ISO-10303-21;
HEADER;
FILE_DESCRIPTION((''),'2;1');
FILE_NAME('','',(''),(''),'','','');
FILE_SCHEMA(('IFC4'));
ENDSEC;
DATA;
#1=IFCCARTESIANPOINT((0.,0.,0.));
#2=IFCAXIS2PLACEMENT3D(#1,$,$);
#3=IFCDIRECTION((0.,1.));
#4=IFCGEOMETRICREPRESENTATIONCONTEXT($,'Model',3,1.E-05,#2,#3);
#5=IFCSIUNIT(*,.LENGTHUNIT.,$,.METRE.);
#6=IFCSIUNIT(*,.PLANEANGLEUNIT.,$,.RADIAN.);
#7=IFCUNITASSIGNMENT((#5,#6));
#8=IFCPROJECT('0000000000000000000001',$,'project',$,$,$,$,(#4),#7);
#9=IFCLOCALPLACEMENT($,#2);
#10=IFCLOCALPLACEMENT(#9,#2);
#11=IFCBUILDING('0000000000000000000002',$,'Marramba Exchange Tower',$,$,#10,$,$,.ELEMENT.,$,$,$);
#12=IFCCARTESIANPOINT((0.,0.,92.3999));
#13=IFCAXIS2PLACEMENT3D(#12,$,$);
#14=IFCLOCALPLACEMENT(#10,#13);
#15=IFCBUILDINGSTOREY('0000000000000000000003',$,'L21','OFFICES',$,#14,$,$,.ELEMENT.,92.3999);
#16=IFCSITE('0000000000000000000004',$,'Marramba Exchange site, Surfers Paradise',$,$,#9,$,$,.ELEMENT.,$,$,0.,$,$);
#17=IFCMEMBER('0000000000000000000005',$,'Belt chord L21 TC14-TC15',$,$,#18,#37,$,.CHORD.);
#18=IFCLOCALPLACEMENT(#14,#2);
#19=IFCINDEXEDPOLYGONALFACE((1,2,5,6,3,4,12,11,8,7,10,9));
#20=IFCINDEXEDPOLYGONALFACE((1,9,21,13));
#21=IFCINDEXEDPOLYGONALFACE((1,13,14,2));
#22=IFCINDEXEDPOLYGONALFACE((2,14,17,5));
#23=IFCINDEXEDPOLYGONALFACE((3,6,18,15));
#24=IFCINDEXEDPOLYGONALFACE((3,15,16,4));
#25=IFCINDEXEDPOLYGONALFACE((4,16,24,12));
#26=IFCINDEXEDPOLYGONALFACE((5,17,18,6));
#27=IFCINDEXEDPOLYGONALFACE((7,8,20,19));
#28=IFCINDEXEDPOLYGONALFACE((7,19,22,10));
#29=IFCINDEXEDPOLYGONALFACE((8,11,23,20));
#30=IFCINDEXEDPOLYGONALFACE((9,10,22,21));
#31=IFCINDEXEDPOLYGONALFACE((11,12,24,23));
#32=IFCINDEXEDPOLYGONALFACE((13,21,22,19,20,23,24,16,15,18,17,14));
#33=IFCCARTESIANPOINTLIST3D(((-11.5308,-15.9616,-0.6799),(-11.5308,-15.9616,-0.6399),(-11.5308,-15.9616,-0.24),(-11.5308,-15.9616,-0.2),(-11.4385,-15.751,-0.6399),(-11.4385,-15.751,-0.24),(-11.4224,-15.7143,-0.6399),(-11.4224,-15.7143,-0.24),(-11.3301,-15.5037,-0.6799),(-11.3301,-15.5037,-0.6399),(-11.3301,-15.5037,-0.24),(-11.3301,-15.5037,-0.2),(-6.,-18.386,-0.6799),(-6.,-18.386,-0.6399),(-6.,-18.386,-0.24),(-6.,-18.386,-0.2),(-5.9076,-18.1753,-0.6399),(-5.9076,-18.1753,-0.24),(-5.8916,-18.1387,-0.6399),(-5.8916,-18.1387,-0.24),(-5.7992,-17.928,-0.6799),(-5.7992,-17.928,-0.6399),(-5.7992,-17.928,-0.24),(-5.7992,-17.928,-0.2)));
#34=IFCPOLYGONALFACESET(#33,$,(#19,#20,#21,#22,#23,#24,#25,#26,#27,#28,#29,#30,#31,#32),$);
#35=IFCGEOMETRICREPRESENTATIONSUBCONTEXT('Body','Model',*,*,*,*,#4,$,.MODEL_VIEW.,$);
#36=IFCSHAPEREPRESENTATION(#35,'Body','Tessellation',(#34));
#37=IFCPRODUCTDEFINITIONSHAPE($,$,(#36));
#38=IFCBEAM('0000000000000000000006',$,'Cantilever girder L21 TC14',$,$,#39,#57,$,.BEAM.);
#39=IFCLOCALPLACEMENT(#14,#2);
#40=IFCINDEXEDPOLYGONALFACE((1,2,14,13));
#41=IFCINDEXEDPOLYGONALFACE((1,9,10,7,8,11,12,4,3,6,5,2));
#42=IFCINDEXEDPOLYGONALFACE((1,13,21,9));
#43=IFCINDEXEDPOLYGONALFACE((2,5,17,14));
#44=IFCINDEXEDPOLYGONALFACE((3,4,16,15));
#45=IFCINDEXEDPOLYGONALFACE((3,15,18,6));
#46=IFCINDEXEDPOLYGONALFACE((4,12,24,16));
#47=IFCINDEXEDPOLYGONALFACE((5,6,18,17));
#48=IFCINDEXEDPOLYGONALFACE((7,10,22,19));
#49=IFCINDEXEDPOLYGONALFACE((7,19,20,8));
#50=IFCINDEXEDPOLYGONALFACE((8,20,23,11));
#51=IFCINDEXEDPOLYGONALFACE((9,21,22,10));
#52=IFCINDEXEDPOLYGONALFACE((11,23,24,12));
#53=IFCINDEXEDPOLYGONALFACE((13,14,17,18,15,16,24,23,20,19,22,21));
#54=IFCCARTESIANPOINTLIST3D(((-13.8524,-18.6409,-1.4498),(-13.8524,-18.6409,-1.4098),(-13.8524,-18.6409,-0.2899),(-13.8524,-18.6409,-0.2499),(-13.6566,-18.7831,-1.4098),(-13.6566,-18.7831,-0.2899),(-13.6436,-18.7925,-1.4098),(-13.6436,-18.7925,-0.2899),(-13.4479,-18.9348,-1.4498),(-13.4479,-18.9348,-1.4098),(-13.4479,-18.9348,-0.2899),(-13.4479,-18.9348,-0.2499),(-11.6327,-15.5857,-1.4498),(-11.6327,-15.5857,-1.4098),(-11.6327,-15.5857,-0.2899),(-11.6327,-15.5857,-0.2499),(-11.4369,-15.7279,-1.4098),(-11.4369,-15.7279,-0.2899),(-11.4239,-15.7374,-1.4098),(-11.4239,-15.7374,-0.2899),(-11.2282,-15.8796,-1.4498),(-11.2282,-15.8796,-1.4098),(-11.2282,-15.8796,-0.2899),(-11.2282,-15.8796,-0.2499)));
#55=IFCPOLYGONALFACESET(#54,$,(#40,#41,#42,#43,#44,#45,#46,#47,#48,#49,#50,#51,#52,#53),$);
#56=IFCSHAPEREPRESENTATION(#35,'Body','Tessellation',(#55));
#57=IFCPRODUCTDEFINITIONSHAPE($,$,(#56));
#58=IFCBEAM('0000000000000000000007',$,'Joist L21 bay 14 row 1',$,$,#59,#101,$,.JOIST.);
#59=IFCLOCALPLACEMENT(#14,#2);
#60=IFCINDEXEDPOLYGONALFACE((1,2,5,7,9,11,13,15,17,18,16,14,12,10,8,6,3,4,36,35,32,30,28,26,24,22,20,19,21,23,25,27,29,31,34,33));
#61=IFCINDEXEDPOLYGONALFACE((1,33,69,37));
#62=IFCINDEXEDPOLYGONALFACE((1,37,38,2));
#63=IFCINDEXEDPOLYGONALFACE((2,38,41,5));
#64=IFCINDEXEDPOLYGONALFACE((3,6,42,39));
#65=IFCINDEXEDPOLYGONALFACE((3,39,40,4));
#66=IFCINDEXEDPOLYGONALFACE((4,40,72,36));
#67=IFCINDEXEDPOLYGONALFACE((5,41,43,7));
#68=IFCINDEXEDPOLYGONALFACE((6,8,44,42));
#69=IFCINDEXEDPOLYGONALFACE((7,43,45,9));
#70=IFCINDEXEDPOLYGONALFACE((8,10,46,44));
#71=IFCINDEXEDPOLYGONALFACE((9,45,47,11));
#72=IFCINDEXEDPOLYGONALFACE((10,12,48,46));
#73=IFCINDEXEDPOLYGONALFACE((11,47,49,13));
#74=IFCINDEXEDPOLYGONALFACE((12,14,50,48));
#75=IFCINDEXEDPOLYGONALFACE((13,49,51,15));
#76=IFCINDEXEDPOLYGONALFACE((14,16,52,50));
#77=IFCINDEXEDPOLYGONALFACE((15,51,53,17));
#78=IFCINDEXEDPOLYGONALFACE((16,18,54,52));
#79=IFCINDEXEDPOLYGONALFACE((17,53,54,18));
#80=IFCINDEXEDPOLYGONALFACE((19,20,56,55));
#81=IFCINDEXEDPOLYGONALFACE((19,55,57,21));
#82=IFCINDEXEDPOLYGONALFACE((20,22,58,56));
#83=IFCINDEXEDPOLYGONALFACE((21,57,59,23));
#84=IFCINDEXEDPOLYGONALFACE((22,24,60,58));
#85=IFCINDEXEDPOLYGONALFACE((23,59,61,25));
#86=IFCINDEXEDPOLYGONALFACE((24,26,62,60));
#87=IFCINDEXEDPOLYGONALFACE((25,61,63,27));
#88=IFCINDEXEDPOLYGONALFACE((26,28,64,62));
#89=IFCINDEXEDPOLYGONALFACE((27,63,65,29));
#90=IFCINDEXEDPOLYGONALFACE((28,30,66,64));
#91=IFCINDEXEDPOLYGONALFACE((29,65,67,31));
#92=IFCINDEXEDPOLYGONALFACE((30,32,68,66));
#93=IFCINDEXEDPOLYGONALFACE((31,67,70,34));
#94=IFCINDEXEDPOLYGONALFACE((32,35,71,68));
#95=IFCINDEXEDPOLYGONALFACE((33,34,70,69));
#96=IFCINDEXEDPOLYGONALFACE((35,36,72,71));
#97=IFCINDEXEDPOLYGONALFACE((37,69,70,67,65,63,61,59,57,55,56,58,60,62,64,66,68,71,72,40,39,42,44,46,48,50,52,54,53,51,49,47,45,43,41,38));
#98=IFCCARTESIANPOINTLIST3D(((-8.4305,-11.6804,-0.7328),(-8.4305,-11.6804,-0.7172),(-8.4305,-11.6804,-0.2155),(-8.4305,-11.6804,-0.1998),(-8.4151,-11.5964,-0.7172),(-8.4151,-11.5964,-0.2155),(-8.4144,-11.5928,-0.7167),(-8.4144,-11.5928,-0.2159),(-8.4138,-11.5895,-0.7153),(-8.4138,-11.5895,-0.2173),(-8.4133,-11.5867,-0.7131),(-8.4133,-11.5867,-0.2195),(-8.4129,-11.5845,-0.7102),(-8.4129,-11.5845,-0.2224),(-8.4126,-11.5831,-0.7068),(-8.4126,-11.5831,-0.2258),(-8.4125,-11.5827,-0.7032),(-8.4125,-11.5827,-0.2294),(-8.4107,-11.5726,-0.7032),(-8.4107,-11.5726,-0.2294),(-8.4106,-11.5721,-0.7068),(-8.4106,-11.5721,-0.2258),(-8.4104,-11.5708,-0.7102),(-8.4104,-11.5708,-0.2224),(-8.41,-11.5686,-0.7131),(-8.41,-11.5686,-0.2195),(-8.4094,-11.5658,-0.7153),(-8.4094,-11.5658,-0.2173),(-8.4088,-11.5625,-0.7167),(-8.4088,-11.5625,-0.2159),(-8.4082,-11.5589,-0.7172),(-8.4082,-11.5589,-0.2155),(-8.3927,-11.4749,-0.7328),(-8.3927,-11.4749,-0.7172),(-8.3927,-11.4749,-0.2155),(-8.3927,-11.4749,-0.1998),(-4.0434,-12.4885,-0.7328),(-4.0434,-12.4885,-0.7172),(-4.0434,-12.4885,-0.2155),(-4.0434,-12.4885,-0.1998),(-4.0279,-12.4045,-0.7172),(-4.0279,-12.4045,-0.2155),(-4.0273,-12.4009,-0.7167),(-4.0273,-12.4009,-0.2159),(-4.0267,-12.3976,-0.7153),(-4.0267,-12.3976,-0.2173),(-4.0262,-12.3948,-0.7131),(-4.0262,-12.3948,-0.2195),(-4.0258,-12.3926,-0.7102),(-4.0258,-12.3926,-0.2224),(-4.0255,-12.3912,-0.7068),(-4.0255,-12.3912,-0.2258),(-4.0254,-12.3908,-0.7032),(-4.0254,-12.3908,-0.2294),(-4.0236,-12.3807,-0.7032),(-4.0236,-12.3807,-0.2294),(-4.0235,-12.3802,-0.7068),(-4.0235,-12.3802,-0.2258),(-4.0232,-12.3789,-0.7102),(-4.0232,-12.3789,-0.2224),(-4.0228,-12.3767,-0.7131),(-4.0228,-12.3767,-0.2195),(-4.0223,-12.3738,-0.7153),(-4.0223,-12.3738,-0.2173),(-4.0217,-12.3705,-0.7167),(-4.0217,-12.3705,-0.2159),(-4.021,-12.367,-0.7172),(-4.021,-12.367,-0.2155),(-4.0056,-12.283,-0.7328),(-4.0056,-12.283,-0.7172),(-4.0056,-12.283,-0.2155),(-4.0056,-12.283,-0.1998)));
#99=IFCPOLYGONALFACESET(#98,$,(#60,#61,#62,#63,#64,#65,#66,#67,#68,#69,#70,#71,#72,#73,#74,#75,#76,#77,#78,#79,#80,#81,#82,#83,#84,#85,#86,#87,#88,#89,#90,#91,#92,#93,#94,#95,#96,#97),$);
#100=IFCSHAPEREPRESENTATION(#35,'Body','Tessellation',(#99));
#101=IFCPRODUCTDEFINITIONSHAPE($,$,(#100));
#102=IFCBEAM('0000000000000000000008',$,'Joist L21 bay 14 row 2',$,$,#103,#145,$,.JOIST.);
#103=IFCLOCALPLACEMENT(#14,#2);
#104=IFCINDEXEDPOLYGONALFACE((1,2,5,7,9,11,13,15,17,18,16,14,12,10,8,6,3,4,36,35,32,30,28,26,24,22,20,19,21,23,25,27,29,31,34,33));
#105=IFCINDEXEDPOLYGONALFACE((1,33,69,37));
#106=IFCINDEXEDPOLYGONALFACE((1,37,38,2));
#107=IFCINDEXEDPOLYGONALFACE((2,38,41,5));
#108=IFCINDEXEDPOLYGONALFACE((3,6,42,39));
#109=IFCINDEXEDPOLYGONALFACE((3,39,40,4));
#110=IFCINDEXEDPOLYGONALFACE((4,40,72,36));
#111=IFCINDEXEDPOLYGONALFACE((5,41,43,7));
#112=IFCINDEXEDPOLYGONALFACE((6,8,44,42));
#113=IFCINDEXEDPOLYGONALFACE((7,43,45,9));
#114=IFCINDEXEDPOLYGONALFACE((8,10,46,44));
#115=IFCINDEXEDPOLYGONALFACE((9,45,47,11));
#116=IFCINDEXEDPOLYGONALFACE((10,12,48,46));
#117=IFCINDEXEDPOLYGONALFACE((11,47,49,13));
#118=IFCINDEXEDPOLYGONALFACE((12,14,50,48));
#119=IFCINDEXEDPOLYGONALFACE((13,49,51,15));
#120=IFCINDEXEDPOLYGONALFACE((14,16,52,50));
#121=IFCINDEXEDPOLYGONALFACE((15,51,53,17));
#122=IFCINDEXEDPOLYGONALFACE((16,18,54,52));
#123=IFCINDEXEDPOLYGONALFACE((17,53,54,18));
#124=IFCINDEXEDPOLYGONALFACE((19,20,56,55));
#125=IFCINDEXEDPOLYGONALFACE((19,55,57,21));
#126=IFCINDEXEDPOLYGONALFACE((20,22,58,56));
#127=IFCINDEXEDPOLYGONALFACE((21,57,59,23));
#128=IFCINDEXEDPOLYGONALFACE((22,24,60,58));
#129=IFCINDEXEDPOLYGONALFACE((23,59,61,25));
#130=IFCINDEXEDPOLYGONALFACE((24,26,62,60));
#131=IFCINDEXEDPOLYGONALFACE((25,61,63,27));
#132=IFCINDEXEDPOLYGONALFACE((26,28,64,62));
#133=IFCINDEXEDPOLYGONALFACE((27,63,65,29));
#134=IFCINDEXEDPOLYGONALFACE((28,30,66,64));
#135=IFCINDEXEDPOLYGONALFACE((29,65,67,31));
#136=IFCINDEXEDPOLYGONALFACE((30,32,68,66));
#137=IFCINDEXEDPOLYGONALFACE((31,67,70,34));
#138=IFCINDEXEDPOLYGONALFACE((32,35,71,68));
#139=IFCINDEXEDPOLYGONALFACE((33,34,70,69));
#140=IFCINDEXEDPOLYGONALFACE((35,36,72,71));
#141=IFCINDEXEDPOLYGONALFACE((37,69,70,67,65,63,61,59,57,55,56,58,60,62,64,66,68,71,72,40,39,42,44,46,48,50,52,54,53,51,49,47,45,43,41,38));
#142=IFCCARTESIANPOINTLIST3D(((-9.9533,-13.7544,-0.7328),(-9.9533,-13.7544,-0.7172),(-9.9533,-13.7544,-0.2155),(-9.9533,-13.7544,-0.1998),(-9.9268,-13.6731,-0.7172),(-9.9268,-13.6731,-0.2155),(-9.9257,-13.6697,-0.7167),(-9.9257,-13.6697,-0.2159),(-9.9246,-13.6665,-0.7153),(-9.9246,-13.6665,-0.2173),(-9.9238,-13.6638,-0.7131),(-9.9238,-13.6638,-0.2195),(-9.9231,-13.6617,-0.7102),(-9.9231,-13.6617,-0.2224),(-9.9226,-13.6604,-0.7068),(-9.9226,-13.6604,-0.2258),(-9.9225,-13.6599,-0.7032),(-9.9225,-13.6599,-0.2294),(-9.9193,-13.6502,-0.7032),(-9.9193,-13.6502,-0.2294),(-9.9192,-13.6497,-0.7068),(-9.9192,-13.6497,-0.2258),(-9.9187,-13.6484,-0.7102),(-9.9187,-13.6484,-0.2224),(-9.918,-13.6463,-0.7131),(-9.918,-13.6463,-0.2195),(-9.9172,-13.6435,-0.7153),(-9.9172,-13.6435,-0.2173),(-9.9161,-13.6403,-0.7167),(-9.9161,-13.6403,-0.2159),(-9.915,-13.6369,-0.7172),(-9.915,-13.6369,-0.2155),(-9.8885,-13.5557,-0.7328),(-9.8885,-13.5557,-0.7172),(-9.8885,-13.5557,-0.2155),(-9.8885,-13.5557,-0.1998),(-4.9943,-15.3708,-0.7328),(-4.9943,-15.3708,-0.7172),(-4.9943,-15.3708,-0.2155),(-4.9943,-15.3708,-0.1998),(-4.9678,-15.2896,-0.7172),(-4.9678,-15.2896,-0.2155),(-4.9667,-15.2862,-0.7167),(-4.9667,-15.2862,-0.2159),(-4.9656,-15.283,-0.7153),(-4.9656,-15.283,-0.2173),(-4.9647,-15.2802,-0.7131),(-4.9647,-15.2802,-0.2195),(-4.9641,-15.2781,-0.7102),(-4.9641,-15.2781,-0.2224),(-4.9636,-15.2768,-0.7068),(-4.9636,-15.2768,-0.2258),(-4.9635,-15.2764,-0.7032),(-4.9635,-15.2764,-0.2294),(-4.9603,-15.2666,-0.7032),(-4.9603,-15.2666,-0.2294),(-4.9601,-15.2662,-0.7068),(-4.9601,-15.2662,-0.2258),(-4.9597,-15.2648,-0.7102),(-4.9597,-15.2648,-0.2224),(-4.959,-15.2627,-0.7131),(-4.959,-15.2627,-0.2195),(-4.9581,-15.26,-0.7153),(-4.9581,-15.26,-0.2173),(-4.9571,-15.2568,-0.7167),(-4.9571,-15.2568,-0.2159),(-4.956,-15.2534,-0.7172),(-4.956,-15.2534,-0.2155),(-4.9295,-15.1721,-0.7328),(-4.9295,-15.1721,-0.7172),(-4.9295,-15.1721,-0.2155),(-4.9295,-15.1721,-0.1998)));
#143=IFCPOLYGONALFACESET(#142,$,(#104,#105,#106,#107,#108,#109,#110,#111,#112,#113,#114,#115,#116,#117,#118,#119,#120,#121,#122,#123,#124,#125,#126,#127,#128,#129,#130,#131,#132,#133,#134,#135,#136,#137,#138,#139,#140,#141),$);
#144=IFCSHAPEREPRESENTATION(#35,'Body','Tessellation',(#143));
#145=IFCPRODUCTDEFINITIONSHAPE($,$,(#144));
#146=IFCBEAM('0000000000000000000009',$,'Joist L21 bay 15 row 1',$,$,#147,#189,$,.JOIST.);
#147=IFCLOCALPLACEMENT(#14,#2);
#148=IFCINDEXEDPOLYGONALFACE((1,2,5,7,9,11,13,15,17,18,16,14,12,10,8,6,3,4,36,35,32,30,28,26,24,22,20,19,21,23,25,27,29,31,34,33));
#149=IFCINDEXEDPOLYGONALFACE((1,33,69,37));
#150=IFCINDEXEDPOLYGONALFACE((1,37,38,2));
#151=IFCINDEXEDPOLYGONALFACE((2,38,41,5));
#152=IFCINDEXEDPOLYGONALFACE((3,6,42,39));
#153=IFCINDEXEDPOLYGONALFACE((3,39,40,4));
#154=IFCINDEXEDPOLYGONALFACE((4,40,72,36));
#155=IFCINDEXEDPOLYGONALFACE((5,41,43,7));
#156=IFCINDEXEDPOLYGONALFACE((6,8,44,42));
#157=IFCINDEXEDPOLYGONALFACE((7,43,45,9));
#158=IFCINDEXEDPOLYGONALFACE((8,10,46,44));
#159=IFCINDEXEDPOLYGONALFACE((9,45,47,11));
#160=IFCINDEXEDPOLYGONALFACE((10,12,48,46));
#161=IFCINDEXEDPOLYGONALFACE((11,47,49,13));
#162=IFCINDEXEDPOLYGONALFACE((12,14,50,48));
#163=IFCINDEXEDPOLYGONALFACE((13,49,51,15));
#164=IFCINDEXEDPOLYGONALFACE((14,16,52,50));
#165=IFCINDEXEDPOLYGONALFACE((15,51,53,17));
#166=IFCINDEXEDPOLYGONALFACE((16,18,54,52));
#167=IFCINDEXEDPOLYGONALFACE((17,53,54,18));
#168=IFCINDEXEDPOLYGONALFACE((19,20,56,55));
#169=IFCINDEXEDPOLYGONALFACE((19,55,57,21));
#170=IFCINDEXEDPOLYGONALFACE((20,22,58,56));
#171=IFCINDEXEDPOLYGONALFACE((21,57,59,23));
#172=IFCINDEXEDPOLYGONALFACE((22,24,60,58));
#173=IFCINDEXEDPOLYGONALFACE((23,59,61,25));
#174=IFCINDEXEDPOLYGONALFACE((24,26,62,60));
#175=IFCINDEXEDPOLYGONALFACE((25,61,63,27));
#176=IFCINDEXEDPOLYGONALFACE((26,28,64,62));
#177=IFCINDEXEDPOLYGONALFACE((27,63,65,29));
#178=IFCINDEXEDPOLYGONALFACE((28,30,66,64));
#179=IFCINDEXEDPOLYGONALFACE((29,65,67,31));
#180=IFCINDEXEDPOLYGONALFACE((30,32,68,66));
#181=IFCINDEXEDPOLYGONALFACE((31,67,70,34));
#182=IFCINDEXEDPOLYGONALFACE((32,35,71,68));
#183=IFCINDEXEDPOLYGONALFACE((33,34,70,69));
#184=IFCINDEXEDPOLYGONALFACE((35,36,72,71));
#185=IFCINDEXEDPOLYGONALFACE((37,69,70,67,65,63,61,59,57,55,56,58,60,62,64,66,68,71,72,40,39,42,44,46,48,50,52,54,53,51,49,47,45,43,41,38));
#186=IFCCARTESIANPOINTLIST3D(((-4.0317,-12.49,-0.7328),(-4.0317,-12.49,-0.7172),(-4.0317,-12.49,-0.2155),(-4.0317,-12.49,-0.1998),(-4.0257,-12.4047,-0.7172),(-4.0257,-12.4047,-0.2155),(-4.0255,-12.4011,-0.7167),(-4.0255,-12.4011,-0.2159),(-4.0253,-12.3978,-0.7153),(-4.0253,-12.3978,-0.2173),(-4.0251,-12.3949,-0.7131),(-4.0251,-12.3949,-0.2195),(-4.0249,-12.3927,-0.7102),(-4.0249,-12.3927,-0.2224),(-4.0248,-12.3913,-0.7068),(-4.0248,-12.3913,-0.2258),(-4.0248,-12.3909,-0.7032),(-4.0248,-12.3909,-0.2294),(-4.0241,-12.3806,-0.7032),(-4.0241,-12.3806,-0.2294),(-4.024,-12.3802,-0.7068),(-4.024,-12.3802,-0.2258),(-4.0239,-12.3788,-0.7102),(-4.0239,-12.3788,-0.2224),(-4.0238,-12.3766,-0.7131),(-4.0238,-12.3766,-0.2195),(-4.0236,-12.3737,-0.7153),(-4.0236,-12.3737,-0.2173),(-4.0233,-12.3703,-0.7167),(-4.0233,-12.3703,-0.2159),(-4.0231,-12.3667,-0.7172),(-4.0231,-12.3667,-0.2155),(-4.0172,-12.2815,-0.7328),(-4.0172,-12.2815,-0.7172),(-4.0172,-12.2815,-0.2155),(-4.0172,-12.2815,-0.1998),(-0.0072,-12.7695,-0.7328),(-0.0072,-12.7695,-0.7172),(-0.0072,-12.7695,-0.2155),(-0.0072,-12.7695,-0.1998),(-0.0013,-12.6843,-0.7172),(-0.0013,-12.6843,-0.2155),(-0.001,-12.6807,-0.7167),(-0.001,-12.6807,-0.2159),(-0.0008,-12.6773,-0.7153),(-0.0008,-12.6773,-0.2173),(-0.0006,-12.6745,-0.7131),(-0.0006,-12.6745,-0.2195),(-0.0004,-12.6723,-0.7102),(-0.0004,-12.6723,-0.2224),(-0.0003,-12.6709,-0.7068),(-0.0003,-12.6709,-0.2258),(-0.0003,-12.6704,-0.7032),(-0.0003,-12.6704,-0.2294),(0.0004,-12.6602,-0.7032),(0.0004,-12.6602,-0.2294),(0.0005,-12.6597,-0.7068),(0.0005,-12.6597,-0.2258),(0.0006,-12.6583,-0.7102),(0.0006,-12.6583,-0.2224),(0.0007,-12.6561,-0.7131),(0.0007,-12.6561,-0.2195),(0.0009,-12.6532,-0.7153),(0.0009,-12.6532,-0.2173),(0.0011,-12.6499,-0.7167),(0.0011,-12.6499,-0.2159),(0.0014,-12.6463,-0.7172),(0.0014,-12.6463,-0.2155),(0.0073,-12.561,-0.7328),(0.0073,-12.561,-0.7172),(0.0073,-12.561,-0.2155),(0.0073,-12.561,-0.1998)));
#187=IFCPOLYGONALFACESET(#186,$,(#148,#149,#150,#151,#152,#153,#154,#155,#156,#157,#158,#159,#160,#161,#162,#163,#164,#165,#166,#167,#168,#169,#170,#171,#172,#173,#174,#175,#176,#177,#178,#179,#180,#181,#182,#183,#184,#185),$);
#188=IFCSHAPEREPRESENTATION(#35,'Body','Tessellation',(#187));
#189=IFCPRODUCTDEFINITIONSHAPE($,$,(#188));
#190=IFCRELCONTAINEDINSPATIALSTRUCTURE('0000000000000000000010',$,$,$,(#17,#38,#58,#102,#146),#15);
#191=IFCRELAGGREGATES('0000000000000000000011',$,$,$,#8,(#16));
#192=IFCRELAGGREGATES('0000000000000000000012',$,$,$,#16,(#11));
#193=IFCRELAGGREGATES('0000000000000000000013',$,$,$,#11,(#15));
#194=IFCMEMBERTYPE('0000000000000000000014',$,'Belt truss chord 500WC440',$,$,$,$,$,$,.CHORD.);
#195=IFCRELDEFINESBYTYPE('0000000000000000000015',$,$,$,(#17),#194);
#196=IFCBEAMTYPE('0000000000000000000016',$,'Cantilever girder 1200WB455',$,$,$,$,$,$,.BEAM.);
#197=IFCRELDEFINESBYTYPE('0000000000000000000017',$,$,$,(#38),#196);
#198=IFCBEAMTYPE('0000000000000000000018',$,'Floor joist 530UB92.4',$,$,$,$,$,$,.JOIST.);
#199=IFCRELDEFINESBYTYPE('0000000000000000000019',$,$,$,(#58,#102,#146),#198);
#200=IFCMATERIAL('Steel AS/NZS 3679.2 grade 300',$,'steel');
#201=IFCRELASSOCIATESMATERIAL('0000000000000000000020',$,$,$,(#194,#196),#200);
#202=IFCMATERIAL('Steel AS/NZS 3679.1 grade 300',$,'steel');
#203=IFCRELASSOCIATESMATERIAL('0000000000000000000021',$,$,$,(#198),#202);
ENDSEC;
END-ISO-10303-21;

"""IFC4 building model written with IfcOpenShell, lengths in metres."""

from ifc_helpers import new_model, si_unit, direction, frame, origin, origin_2d, place, context, subcontext, project, spatial, i_section, extrude, material, material_profile, profile_set, type_object, element, save


model = new_model("IFC4")

# Units and contexts
model_context = context("Model", 3, precision=1e-05, world=origin(), true_north=direction((0.0, 1.0)))
body_context = subcontext(model_context, "Body", "Model", "MODEL_VIEW")
ifc_project = project(units=[si_unit("LENGTHUNIT", "METRE"), si_unit("PLANEANGLEUNIT", "RADIAN")], contexts=[model_context])

# Site, building, storey
site_placement = place(None, origin())
site = spatial("IfcSite", under=ifc_project, at=site_placement, Name="Marramba Exchange site, Surfers Paradise", CompositionType="ELEMENT", RefElevation=0.0)
building_placement = place(site_placement, origin())
building = spatial("IfcBuilding", under=site, at=building_placement, Name="Marramba Exchange Tower", CompositionType="ELEMENT")
storey_placement = place(building_placement, frame((0.0, 0.0, 92.3999)))
storey = spatial("IfcBuildingStorey", under=building, at=storey_placement, Name="L21", Description="OFFICES", CompositionType="ELEMENT", Elevation=92.3999)

# Member
ifc_material_1 = material(Name="Steel AS/NZS 3679.2 grade 300", Category="steel")
ifc_material_profile_1 = material_profile(ifc_material_1, i_section(OverallWidth=0.5, OverallDepth=0.48, WebThickness=0.04, FlangeThickness=0.04, at=origin_2d()), Name="500WC440")
ifc_profile_set_1 = profile_set([ifc_material_profile_1], Name="Steel AS/NZS 3679.2 grade 300")
member_type = type_object("IfcMemberType", Name="Belt truss chord 500WC440", PredefinedType="CHORD", material=ifc_profile_set_1)
member_placement = place(storey_placement, frame((-11.4304, -15.7327, -0.4399), z_axis=(0.915877, -0.401459, 0.0), x_axis=(0.401459, 0.915877, 0.0)))
element("IfcMember", 1, at=member_placement, inside=storey, type_object=member_type, Name="Belt chord L21 TC14-TC15", PredefinedType="CHORD", context=body_context, shape_type="SweptSolid", body=[
    extrude(i_section(OverallWidth=0.5, OverallDepth=0.48, WebThickness=0.04, FlangeThickness=0.04, at=origin_2d()), origin(), (0.0, 0.0, 1.0), 6.0388),
])

# Beams
ifc_material_profile_2 = material_profile(ifc_material_1, i_section(OverallWidth=0.5, OverallDepth=1.2, WebThickness=0.0161, FlangeThickness=0.04, at=origin_2d()), Name="1200WB455")
ifc_profile_set_2 = profile_set([ifc_material_profile_2], Name="Steel AS/NZS 3679.2 grade 300")
beam_type_1 = type_object("IfcBeamType", Name="Cantilever girder 1200WB455", PredefinedType="BEAM", material=ifc_profile_set_2)
beam_1_placement = place(storey_placement, frame((-11.4304, -15.7327, -0.8499), z_axis=(-0.587787, -0.809016, 0.0), x_axis=(0.809016, -0.587787, 0.0)))
element("IfcBeam", 2, at=beam_1_placement, inside=storey, type_object=beam_type_1, Name="Cantilever girder L21 TC14", PredefinedType="BEAM", context=body_context, shape_type="SweptSolid", body=[
    extrude(i_section(OverallWidth=0.5, OverallDepth=1.2, WebThickness=0.0161, FlangeThickness=0.04, at=origin_2d()), origin(), (0.0, 0.0, 1.0), 3.7764),
])
ifc_material_2 = material(Name="Steel AS/NZS 3679.1 grade 300", Category="steel")
ifc_material_profile_3 = material_profile(ifc_material_2, i_section(OverallWidth=0.209, OverallDepth=0.533, WebThickness=0.0103, FlangeThickness=0.0156, FilletRadius=0.0139, at=origin_2d()), Name="530UB92.4")
ifc_profile_set_3 = profile_set([ifc_material_profile_3], Name="Steel AS/NZS 3679.1 grade 300")
beam_type_2 = type_object("IfcBeamType", Name="Floor joist 530UB92.4", PredefinedType="JOIST", material=ifc_profile_set_3)
beam_2_placement = place(storey_placement, frame((-8.4116, -11.5776, -0.4663), z_axis=(0.983456, -0.181149, 0.0), x_axis=(0.181149, 0.983456, 0.0)))
element("IfcBeam", 3, at=beam_2_placement, inside=storey, type_object=beam_type_2, Name="Joist L21 bay 14 row 1", PredefinedType="JOIST", context=body_context, shape_type="SweptSolid", body=[
    extrude(i_section(OverallWidth=0.209, OverallDepth=0.533, WebThickness=0.0103, FlangeThickness=0.0156, FilletRadius=0.0139, at=origin_2d()), origin(), (0.0, 0.0, 1.0), 4.4609),
])
beam_3_placement = place(storey_placement, frame((-9.9209, -13.655, -0.4663), z_axis=(0.950764, -0.309916, 0.0), x_axis=(0.309916, 0.950764, 0.0)))
element("IfcBeam", 4, at=beam_3_placement, inside=storey, type_object=beam_type_2, Name="Joist L21 bay 14 row 2", PredefinedType="JOIST", context=body_context, shape_type="SweptSolid", body=[
    extrude(i_section(OverallWidth=0.209, OverallDepth=0.533, WebThickness=0.0103, FlangeThickness=0.0156, FilletRadius=0.0139, at=origin_2d()), origin(), (0.0, 0.0, 1.0), 5.2158),
])
beam_4_placement = place(storey_placement, frame((-4.0244, -12.3857, -0.4663), z_axis=(0.997596, -0.069294, 0.0), x_axis=(0.069294, 0.997596, 0.0)))
element("IfcBeam", 5, at=beam_4_placement, inside=storey, type_object=beam_type_2, Name="Joist L21 bay 15 row 1", PredefinedType="JOIST", context=body_context, shape_type="SweptSolid", body=[
    extrude(i_section(OverallWidth=0.209, OverallDepth=0.533, WebThickness=0.0103, FlangeThickness=0.0156, FilletRadius=0.0139, at=origin_2d()), origin(), (0.0, 0.0, 1.0), 4.0342),
])

save(model, "model.ifc")
